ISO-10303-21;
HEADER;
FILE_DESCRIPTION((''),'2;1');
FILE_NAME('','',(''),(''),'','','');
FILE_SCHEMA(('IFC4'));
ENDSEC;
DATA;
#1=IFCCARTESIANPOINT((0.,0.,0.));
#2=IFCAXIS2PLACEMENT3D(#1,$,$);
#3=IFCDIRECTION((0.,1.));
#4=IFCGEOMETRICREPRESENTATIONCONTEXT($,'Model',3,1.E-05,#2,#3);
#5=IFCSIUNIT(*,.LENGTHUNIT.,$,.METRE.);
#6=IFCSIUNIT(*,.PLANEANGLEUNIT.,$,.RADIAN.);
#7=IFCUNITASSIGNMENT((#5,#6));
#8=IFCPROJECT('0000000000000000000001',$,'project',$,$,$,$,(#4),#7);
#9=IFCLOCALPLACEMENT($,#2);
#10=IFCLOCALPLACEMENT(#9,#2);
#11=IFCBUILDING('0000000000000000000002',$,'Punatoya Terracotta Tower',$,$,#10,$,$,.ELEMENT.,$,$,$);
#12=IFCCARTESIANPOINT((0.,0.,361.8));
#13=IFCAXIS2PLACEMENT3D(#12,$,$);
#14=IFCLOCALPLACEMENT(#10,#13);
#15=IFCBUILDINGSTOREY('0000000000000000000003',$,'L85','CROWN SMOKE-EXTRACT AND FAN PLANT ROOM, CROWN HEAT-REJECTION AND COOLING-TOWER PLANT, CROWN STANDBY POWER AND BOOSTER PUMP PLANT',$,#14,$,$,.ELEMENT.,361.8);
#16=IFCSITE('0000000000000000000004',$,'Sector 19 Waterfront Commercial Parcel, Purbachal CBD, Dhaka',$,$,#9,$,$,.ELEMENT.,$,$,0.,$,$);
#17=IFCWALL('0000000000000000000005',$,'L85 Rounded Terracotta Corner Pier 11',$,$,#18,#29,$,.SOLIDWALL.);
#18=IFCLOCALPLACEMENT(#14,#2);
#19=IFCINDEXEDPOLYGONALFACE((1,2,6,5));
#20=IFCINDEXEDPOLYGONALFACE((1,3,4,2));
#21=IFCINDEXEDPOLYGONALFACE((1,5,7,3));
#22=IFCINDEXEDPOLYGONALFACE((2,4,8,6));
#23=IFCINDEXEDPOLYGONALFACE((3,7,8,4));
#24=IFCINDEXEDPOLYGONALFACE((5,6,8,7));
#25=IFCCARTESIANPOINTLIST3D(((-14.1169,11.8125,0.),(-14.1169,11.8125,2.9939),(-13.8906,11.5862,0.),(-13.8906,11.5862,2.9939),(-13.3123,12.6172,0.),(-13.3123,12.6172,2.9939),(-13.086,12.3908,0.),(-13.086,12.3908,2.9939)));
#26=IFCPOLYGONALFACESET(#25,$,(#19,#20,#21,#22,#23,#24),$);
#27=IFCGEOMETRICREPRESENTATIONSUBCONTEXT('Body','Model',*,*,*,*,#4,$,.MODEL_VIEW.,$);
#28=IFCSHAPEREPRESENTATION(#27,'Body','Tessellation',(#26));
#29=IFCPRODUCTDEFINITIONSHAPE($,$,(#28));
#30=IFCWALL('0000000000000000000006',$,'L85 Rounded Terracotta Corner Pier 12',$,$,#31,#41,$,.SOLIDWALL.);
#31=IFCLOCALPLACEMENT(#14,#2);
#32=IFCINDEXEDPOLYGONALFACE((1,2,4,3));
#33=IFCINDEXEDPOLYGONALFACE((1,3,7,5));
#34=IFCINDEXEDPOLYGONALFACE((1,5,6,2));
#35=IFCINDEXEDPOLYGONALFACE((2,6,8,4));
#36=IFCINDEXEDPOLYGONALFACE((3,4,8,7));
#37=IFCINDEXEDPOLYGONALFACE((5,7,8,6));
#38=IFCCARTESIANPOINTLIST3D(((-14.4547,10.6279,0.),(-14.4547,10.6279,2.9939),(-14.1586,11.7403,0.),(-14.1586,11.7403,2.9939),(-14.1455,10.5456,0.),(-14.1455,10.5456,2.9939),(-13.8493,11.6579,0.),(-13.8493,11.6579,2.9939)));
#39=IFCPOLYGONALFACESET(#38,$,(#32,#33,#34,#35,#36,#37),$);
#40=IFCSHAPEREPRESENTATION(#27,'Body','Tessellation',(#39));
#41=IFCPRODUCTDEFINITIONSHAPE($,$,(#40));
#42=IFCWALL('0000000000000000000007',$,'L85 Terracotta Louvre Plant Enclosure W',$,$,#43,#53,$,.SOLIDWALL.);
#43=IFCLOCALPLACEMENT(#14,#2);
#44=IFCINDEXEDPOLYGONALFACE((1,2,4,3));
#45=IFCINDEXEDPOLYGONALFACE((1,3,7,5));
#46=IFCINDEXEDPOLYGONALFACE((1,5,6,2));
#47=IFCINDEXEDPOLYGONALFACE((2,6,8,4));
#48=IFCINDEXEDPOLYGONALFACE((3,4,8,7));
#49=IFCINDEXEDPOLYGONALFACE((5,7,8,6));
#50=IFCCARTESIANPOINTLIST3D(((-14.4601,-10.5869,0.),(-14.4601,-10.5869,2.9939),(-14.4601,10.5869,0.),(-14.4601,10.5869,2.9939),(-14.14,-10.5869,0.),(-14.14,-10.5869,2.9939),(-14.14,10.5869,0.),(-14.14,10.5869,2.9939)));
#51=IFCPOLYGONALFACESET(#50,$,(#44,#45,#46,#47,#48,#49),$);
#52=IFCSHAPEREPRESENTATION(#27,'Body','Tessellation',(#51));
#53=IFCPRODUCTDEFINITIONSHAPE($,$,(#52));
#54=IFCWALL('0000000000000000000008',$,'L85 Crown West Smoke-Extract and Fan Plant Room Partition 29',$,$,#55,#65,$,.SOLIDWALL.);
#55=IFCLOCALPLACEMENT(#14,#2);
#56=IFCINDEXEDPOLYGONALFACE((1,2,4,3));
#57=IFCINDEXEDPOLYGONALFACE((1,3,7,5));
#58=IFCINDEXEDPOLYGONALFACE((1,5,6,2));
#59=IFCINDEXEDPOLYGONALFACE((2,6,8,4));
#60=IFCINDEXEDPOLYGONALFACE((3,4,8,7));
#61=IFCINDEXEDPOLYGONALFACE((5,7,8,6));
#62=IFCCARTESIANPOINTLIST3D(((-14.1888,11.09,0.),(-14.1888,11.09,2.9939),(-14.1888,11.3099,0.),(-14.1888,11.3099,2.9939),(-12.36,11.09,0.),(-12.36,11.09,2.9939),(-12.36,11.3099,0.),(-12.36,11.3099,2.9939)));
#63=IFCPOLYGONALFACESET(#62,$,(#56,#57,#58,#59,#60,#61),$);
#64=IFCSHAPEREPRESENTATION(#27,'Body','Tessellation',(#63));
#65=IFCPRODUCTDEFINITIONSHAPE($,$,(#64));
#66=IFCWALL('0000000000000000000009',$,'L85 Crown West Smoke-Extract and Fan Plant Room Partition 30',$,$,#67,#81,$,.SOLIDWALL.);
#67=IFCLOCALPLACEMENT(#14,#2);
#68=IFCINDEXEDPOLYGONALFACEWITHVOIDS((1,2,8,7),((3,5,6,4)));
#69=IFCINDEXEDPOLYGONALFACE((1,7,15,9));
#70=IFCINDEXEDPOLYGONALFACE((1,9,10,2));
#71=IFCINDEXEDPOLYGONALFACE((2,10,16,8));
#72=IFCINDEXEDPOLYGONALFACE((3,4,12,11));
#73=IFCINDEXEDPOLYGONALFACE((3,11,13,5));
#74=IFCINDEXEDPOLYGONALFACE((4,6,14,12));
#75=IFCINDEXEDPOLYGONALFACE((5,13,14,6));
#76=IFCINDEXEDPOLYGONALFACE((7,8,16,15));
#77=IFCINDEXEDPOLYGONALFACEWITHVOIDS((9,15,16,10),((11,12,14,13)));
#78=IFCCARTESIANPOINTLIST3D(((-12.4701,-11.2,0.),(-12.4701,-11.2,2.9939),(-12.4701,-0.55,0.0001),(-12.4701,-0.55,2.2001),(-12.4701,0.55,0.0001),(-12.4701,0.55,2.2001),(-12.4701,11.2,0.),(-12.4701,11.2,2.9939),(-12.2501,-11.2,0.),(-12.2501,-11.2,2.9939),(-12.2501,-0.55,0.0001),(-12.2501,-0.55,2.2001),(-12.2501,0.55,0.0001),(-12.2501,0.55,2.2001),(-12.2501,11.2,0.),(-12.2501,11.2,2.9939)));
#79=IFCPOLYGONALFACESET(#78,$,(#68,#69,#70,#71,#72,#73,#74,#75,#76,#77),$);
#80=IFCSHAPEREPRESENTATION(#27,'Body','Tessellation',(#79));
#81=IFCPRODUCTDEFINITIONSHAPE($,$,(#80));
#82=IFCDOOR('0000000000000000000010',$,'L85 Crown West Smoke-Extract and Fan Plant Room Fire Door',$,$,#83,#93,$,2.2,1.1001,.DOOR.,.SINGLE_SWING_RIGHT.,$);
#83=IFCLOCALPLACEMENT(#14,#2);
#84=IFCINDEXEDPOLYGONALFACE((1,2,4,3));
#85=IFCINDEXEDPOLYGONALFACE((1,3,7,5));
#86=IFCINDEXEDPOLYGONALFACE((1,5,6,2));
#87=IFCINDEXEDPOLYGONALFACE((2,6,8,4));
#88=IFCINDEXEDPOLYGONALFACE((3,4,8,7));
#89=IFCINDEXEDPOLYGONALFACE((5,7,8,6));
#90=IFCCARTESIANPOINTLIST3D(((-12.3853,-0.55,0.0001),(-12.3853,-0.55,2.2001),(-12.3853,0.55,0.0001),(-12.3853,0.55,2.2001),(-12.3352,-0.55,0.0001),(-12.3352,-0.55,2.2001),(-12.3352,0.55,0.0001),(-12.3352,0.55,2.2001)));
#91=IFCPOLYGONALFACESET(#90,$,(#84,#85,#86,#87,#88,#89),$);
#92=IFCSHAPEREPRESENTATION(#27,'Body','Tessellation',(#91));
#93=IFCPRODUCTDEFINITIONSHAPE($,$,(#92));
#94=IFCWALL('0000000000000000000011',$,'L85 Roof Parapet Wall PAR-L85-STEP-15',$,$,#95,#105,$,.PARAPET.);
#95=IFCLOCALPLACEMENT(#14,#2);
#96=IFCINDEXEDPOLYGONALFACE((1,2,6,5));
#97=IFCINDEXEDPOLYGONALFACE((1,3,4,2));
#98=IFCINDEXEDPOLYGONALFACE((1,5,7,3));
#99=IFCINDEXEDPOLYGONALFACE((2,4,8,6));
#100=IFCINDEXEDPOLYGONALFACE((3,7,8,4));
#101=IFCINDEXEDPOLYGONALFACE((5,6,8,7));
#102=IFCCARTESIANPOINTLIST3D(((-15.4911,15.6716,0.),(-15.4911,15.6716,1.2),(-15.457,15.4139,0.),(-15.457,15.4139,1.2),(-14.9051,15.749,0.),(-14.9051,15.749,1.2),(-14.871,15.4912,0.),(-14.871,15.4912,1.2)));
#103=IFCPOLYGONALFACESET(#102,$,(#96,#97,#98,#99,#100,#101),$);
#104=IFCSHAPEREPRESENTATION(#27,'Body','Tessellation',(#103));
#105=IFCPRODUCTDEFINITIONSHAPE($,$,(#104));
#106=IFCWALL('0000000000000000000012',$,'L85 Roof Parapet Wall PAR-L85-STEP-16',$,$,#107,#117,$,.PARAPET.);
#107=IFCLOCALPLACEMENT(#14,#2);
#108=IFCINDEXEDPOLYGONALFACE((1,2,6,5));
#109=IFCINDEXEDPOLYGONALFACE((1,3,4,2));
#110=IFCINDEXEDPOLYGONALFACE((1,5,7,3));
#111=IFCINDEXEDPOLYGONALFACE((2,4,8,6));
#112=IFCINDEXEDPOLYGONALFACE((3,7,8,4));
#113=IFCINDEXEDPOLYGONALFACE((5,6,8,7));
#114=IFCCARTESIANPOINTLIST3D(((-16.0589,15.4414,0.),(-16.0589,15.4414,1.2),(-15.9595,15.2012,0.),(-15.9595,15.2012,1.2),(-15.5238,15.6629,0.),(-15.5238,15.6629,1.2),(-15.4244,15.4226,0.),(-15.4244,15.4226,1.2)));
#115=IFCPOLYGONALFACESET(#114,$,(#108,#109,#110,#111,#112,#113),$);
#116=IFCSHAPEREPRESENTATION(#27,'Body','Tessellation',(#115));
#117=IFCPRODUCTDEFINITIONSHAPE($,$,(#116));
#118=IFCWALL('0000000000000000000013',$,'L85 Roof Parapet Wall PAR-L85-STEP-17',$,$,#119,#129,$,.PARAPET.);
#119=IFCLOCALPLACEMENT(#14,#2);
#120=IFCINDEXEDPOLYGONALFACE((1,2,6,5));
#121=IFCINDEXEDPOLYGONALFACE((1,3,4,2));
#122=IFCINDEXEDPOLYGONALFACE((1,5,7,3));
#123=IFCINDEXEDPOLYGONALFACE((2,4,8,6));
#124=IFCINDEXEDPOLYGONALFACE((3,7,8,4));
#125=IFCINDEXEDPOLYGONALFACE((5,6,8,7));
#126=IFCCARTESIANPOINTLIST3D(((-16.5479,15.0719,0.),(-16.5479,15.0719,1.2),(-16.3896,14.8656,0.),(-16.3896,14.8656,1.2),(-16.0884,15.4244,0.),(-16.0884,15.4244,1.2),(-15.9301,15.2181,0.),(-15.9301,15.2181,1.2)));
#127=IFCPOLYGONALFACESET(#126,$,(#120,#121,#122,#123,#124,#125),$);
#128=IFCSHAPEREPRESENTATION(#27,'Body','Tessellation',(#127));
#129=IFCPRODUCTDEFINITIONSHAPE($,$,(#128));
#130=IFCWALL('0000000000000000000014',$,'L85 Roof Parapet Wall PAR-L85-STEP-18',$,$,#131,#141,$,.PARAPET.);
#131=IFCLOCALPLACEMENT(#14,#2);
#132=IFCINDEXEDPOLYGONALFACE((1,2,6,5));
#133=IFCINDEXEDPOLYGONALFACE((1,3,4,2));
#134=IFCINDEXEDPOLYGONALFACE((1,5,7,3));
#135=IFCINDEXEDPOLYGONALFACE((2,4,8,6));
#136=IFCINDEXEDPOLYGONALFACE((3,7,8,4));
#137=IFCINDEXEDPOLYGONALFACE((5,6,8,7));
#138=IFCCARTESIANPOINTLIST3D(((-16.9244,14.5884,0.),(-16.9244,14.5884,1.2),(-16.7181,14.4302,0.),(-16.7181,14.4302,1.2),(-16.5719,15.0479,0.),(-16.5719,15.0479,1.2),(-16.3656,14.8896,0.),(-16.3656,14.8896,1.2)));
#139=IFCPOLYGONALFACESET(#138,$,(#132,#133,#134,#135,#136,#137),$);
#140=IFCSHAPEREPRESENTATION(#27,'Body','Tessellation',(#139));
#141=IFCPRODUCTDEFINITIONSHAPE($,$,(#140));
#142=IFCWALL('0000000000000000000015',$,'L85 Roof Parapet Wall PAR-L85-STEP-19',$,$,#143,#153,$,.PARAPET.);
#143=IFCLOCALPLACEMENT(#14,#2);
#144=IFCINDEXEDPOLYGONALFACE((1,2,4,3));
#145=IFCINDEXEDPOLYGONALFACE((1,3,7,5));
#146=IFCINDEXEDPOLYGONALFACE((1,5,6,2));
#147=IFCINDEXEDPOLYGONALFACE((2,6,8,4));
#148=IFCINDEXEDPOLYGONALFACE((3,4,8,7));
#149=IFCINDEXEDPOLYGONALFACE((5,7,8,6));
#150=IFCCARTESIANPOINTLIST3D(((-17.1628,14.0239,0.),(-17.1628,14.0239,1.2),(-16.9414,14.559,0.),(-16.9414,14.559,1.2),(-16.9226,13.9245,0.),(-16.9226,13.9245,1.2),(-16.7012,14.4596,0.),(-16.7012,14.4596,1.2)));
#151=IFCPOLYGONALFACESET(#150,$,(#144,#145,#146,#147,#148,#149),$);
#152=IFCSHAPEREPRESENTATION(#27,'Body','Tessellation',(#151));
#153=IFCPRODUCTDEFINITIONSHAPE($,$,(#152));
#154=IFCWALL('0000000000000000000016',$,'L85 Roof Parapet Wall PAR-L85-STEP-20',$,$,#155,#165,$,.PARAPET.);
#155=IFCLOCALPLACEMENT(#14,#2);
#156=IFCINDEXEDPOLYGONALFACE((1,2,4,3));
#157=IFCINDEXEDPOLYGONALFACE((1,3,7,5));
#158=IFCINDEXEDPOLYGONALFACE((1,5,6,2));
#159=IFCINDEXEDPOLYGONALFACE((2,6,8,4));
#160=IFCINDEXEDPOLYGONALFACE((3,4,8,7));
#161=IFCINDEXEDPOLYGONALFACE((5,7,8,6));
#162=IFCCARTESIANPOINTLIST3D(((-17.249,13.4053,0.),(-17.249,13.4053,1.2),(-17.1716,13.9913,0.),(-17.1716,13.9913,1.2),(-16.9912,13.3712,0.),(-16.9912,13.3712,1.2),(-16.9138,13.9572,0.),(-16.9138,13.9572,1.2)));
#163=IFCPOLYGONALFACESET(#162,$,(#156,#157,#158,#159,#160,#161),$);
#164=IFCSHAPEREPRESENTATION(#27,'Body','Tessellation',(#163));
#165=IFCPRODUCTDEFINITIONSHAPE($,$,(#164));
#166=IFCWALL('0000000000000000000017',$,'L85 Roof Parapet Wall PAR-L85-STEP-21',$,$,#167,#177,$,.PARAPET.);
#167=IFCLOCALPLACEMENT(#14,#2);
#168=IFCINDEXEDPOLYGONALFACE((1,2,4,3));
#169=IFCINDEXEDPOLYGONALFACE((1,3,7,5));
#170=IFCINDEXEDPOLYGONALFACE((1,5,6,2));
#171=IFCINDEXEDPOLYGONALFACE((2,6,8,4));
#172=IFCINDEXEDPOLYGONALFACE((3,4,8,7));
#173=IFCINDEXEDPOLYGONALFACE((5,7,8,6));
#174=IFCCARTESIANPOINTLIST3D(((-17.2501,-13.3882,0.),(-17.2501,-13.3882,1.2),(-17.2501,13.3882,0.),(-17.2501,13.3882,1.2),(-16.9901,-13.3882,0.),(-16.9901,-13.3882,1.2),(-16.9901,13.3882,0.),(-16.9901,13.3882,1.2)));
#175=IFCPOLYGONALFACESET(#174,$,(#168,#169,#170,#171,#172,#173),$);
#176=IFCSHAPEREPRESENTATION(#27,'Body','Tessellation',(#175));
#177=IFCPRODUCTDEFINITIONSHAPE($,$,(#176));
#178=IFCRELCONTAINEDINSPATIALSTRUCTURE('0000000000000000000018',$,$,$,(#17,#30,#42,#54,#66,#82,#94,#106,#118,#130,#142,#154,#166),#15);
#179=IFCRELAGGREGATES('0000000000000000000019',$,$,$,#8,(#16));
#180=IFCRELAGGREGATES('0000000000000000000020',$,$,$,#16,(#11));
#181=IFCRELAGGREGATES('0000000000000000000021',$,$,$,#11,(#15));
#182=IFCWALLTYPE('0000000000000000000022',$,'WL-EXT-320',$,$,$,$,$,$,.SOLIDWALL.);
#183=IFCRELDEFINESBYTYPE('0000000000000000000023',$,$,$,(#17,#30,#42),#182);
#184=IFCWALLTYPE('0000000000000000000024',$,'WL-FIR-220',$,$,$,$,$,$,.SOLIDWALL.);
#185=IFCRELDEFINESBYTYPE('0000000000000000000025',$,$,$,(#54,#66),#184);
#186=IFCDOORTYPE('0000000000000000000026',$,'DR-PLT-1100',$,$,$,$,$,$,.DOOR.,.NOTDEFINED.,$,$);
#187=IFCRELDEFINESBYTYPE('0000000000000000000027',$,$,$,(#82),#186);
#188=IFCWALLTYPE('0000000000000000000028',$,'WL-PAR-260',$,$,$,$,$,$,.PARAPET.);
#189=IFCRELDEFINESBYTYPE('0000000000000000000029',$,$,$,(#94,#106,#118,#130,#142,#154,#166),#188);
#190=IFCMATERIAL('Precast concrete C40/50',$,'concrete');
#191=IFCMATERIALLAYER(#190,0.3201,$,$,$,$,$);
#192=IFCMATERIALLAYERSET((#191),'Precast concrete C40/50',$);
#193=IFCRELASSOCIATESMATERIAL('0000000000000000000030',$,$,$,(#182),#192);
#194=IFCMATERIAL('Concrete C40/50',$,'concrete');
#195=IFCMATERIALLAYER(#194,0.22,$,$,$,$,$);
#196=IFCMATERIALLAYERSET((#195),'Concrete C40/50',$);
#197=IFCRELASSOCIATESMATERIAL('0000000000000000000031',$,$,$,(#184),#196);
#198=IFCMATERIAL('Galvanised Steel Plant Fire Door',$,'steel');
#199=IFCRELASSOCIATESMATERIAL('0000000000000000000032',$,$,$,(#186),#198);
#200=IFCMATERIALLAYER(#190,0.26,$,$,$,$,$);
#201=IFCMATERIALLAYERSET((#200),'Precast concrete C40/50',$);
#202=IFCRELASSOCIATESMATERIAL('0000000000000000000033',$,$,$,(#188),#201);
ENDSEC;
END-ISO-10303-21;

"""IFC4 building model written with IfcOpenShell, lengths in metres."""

from ifc_helpers import new_model, si_unit, direction, frame, frame_2d, origin, place, context, subcontext, project, spatial, rectangle, extrude, material, layer, layer_set, type_object, element, fill, save


model = new_model("IFC4")

# Units and contexts
model_context = context("Model", 3, precision=1e-05, world=origin(), true_north=direction((0.0, 1.0)))
body_context = subcontext(model_context, "Body", "Model", "MODEL_VIEW")
ifc_project = project(units=[si_unit("LENGTHUNIT", "METRE"), si_unit("PLANEANGLEUNIT", "RADIAN")], contexts=[model_context])

# Site, building, storey
site_placement = place(None, origin())
site = spatial("IfcSite", under=ifc_project, at=site_placement, Name="Sector 19 Waterfront Commercial Parcel, Purbachal CBD, Dhaka", CompositionType="ELEMENT", RefElevation=0.0)
building_placement = place(site_placement, origin())
building = spatial("IfcBuilding", under=site, at=building_placement, Name="Punatoya Terracotta Tower", CompositionType="ELEMENT")
storey_placement = place(building_placement, frame((0.0, 0.0, 361.8)))
storey = spatial("IfcBuildingStorey", under=building, at=storey_placement, Name="L85", Description="CROWN SMOKE-EXTRACT AND FAN PLANT ROOM, CROWN HEAT-REJECTION AND COOLING-TOWER PLANT, CROWN STANDBY POWER AND BOOSTER PUMP PLANT", CompositionType="ELEMENT", Elevation=361.8)

# Walls
ifc_material_1 = material(Name="Precast concrete C40/50", Category="concrete")
ifc_layer_1 = layer(ifc_material_1, 0.3201)
ifc_layer_set_1 = layer_set([ifc_layer_1], Name="Precast concrete C40/50")
wall_type_1 = type_object("IfcWallType", Name="WL-EXT-320", PredefinedType="SOLIDWALL", material=ifc_layer_set_1)
wall_1_placement = place(storey_placement, frame((-13.1992, 12.5039, 0.0), z_axis=(0.0, 0.0, 1.0), x_axis=(-0.707107, -0.707107, 0.0)))
element("IfcWall", 1, at=wall_1_placement, inside=storey, type_object=wall_type_1, Name="L85 Rounded Terracotta Corner Pier 11", PredefinedType="SOLIDWALL", context=body_context, shape_type="SweptSolid", body=[
    extrude(rectangle(XDim=1.1379, YDim=0.3201, at=frame_2d((0.5688, 0.0))), origin(), (0.0, 0.0, 1.0), 2.9939),
])
wall_2_placement = place(storey_placement, frame((-14.0039, 11.6992, 0.0), z_axis=(0.0, 0.0, 1.0), x_axis=(-0.25728, -0.966337, 0.0)))
element("IfcWall", 2, at=wall_2_placement, inside=storey, type_object=wall_type_1, Name="L85 Rounded Terracotta Corner Pier 12", PredefinedType="SOLIDWALL", context=body_context, shape_type="SweptSolid", body=[
    extrude(rectangle(XDim=1.1511, YDim=0.3201, at=frame_2d((0.5757, 0.0))), origin(), (0.0, 0.0, 1.0), 2.9939),
])
wall_3_placement = place(storey_placement, frame((-14.3, 10.5869, 0.0), z_axis=(0.0, 0.0, 1.0), x_axis=(0.0, -1.0, 0.0)))
element("IfcWall", 3, at=wall_3_placement, inside=storey, type_object=wall_type_1, Name="L85 Terracotta Louvre Plant Enclosure W", PredefinedType="SOLIDWALL", context=body_context, shape_type="SweptSolid", body=[
    extrude(rectangle(XDim=21.1738, YDim=0.3201, at=frame_2d((10.5869, 0.0))), origin(), (0.0, 0.0, 1.0), 2.9939),
])
ifc_material_2 = material(Name="Concrete C40/50", Category="concrete")
ifc_layer_2 = layer(ifc_material_2, 0.22)
ifc_layer_set_2 = layer_set([ifc_layer_2], Name="Concrete C40/50")
wall_type_2 = type_object("IfcWallType", Name="WL-FIR-220", PredefinedType="SOLIDWALL", material=ifc_layer_set_2)
wall_4_placement = place(storey_placement, frame((-14.189, 11.2, 0.0), z_axis=(0.0, 0.0, 1.0), x_axis=(1.0, 0.0, 0.0)))
element("IfcWall", 4, at=wall_4_placement, inside=storey, type_object=wall_type_2, Name="L85 Crown West Smoke-Extract and Fan Plant Room Partition 29", PredefinedType="SOLIDWALL", context=body_context, shape_type="SweptSolid", body=[
    extrude(rectangle(XDim=1.8289, YDim=0.22, at=frame_2d((0.9146, 0.0))), origin(), (0.0, 0.0, 1.0), 2.9939),
])

# Wall, opening, door
wall_5_placement = place(storey_placement, frame((-12.3601, 11.2, 0.0), z_axis=(0.0, 0.0, 1.0), x_axis=(0.0, -1.0, 0.0)))
wall_5 = element("IfcWall", 5, at=wall_5_placement, inside=storey, type_object=wall_type_2, Name="L85 Crown West Smoke-Extract and Fan Plant Room Partition 30", PredefinedType="SOLIDWALL", context=body_context, shape_type="SweptSolid", body=[
    extrude(rectangle(XDim=22.3999, YDim=0.22, at=frame_2d((11.2, 0.0))), origin(), (0.0, 0.0, 1.0), 2.9939),
])
opening_placement = place(wall_5_placement, frame((10.6499, 0.0, 0.0)))
opening = element("IfcOpeningElement", 6, at=opening_placement, cuts=wall_5, PredefinedType="OPENING", context=body_context, shape_type="SweptSolid", body=[
    extrude(rectangle(XDim=1.1001, YDim=2.2, at=frame_2d((0.55, 1.1001))), frame((0.0, 0.1199, 0.0), z_axis=(0.0, -1.0, 0.0), x_axis=(1.0, 0.0, 0.0)), (0.0, 0.0, 1.0), 0.24),
])
ifc_material_3 = material(Name="Galvanised Steel Plant Fire Door", Category="steel")
door_type = type_object("IfcDoorType", Name="DR-PLT-1100", OperationType="NOTDEFINED", PredefinedType="DOOR", material=ifc_material_3)
door_placement = place(opening_placement, origin())
door = element("IfcDoor", 7, at=door_placement, inside=storey, type_object=door_type, Name="L85 Crown West Smoke-Extract and Fan Plant Room Fire Door", OperationType="SINGLE_SWING_RIGHT", OverallHeight=2.2, OverallWidth=1.1001, PredefinedType="DOOR", context=body_context, shape_type="SweptSolid", body=[
    extrude(rectangle(XDim=1.1001, YDim=2.2, at=frame_2d((0.55, 1.1001))), frame((0.0, 0.0249, 0.0), z_axis=(0.0, -1.0, 0.0), x_axis=(1.0, 0.0, 0.0)), (0.0, 0.0, 1.0), 0.05),
])
fill(opening, door)

# Walls
ifc_layer_3 = layer(ifc_material_1, 0.26)
ifc_layer_set_3 = layer_set([ifc_layer_3], Name="Precast concrete C40/50")
wall_type_3 = type_object("IfcWallType", Name="WL-PAR-260", PredefinedType="PARAPET", material=ifc_layer_set_3)
wall_6_placement = place(storey_placement, frame((-14.8882, 15.6201, 0.0), z_axis=(0.0, 0.0, 1.0), x_axis=(-0.991389, -0.130946, 0.0)))
element("IfcWall", 8, at=wall_6_placement, inside=storey, type_object=wall_type_3, Name="L85 Roof Parapet Wall PAR-L85-STEP-15", PredefinedType="PARAPET", context=body_context, shape_type="SweptSolid", body=[
    extrude(rectangle(XDim=0.5911, YDim=0.26, at=frame_2d((0.2954, 0.0))), origin(), (0.0, 0.0, 1.0), 1.2),
])
for number, where, z_axis, x_axis, name in (
    (9, (-15.4741, 15.5427, 0.0), (0.0, 0.0, 1.0), (-0.924022, -0.382339, 0.0), "L85 Roof Parapet Wall PAR-L85-STEP-16"),
    (10, (-16.0093, 15.3213, 0.0), (0.0, 0.0, 1.0), (-0.793376, -0.608732, 0.0), "L85 Roof Parapet Wall PAR-L85-STEP-17"),
    (11, (-16.4688, 14.9688, 0.0), (0.0, 0.0, 1.0), (-0.608732, -0.793376, 0.0), "L85 Roof Parapet Wall PAR-L85-STEP-18"),
    (12, (-16.8213, 14.5093, 0.0), (0.0, 0.0, 1.0), (-0.382339, -0.924022, 0.0), "L85 Roof Parapet Wall PAR-L85-STEP-19"),
):
    element("IfcWall", number, at=place(storey_placement, frame(where, z_axis=z_axis, x_axis=x_axis)), inside=storey, type_object=wall_type_3, Name=name, PredefinedType="PARAPET", context=body_context, shape_type="SweptSolid", body=[
        extrude(rectangle(XDim=0.5791, YDim=0.26, at=frame_2d((0.2896, 0.0))), origin(), (0.0, 0.0, 1.0), 1.2),
    ])
wall_7_placement = place(storey_placement, frame((-17.0427, 13.9741, 0.0), z_axis=(0.0, 0.0, 1.0), x_axis=(-0.130946, -0.991389, 0.0)))
element("IfcWall", 13, at=wall_7_placement, inside=storey, type_object=wall_type_3, Name="L85 Roof Parapet Wall PAR-L85-STEP-20", PredefinedType="PARAPET", context=body_context, shape_type="SweptSolid", body=[
    extrude(rectangle(XDim=0.5911, YDim=0.26, at=frame_2d((0.2954, 0.0))), origin(), (0.0, 0.0, 1.0), 1.2),
])
wall_8_placement = place(storey_placement, frame((-17.1201, 13.3882, 0.0), z_axis=(0.0, 0.0, 1.0), x_axis=(0.0, -1.0, 0.0)))
element("IfcWall", 14, at=wall_8_placement, inside=storey, type_object=wall_type_3, Name="L85 Roof Parapet Wall PAR-L85-STEP-21", PredefinedType="PARAPET", context=body_context, shape_type="SweptSolid", body=[
    extrude(rectangle(XDim=26.7764, YDim=0.26, at=frame_2d((13.3882, 0.0))), origin(), (0.0, 0.0, 1.0), 1.2),
])

save(model, "model.ifc")
